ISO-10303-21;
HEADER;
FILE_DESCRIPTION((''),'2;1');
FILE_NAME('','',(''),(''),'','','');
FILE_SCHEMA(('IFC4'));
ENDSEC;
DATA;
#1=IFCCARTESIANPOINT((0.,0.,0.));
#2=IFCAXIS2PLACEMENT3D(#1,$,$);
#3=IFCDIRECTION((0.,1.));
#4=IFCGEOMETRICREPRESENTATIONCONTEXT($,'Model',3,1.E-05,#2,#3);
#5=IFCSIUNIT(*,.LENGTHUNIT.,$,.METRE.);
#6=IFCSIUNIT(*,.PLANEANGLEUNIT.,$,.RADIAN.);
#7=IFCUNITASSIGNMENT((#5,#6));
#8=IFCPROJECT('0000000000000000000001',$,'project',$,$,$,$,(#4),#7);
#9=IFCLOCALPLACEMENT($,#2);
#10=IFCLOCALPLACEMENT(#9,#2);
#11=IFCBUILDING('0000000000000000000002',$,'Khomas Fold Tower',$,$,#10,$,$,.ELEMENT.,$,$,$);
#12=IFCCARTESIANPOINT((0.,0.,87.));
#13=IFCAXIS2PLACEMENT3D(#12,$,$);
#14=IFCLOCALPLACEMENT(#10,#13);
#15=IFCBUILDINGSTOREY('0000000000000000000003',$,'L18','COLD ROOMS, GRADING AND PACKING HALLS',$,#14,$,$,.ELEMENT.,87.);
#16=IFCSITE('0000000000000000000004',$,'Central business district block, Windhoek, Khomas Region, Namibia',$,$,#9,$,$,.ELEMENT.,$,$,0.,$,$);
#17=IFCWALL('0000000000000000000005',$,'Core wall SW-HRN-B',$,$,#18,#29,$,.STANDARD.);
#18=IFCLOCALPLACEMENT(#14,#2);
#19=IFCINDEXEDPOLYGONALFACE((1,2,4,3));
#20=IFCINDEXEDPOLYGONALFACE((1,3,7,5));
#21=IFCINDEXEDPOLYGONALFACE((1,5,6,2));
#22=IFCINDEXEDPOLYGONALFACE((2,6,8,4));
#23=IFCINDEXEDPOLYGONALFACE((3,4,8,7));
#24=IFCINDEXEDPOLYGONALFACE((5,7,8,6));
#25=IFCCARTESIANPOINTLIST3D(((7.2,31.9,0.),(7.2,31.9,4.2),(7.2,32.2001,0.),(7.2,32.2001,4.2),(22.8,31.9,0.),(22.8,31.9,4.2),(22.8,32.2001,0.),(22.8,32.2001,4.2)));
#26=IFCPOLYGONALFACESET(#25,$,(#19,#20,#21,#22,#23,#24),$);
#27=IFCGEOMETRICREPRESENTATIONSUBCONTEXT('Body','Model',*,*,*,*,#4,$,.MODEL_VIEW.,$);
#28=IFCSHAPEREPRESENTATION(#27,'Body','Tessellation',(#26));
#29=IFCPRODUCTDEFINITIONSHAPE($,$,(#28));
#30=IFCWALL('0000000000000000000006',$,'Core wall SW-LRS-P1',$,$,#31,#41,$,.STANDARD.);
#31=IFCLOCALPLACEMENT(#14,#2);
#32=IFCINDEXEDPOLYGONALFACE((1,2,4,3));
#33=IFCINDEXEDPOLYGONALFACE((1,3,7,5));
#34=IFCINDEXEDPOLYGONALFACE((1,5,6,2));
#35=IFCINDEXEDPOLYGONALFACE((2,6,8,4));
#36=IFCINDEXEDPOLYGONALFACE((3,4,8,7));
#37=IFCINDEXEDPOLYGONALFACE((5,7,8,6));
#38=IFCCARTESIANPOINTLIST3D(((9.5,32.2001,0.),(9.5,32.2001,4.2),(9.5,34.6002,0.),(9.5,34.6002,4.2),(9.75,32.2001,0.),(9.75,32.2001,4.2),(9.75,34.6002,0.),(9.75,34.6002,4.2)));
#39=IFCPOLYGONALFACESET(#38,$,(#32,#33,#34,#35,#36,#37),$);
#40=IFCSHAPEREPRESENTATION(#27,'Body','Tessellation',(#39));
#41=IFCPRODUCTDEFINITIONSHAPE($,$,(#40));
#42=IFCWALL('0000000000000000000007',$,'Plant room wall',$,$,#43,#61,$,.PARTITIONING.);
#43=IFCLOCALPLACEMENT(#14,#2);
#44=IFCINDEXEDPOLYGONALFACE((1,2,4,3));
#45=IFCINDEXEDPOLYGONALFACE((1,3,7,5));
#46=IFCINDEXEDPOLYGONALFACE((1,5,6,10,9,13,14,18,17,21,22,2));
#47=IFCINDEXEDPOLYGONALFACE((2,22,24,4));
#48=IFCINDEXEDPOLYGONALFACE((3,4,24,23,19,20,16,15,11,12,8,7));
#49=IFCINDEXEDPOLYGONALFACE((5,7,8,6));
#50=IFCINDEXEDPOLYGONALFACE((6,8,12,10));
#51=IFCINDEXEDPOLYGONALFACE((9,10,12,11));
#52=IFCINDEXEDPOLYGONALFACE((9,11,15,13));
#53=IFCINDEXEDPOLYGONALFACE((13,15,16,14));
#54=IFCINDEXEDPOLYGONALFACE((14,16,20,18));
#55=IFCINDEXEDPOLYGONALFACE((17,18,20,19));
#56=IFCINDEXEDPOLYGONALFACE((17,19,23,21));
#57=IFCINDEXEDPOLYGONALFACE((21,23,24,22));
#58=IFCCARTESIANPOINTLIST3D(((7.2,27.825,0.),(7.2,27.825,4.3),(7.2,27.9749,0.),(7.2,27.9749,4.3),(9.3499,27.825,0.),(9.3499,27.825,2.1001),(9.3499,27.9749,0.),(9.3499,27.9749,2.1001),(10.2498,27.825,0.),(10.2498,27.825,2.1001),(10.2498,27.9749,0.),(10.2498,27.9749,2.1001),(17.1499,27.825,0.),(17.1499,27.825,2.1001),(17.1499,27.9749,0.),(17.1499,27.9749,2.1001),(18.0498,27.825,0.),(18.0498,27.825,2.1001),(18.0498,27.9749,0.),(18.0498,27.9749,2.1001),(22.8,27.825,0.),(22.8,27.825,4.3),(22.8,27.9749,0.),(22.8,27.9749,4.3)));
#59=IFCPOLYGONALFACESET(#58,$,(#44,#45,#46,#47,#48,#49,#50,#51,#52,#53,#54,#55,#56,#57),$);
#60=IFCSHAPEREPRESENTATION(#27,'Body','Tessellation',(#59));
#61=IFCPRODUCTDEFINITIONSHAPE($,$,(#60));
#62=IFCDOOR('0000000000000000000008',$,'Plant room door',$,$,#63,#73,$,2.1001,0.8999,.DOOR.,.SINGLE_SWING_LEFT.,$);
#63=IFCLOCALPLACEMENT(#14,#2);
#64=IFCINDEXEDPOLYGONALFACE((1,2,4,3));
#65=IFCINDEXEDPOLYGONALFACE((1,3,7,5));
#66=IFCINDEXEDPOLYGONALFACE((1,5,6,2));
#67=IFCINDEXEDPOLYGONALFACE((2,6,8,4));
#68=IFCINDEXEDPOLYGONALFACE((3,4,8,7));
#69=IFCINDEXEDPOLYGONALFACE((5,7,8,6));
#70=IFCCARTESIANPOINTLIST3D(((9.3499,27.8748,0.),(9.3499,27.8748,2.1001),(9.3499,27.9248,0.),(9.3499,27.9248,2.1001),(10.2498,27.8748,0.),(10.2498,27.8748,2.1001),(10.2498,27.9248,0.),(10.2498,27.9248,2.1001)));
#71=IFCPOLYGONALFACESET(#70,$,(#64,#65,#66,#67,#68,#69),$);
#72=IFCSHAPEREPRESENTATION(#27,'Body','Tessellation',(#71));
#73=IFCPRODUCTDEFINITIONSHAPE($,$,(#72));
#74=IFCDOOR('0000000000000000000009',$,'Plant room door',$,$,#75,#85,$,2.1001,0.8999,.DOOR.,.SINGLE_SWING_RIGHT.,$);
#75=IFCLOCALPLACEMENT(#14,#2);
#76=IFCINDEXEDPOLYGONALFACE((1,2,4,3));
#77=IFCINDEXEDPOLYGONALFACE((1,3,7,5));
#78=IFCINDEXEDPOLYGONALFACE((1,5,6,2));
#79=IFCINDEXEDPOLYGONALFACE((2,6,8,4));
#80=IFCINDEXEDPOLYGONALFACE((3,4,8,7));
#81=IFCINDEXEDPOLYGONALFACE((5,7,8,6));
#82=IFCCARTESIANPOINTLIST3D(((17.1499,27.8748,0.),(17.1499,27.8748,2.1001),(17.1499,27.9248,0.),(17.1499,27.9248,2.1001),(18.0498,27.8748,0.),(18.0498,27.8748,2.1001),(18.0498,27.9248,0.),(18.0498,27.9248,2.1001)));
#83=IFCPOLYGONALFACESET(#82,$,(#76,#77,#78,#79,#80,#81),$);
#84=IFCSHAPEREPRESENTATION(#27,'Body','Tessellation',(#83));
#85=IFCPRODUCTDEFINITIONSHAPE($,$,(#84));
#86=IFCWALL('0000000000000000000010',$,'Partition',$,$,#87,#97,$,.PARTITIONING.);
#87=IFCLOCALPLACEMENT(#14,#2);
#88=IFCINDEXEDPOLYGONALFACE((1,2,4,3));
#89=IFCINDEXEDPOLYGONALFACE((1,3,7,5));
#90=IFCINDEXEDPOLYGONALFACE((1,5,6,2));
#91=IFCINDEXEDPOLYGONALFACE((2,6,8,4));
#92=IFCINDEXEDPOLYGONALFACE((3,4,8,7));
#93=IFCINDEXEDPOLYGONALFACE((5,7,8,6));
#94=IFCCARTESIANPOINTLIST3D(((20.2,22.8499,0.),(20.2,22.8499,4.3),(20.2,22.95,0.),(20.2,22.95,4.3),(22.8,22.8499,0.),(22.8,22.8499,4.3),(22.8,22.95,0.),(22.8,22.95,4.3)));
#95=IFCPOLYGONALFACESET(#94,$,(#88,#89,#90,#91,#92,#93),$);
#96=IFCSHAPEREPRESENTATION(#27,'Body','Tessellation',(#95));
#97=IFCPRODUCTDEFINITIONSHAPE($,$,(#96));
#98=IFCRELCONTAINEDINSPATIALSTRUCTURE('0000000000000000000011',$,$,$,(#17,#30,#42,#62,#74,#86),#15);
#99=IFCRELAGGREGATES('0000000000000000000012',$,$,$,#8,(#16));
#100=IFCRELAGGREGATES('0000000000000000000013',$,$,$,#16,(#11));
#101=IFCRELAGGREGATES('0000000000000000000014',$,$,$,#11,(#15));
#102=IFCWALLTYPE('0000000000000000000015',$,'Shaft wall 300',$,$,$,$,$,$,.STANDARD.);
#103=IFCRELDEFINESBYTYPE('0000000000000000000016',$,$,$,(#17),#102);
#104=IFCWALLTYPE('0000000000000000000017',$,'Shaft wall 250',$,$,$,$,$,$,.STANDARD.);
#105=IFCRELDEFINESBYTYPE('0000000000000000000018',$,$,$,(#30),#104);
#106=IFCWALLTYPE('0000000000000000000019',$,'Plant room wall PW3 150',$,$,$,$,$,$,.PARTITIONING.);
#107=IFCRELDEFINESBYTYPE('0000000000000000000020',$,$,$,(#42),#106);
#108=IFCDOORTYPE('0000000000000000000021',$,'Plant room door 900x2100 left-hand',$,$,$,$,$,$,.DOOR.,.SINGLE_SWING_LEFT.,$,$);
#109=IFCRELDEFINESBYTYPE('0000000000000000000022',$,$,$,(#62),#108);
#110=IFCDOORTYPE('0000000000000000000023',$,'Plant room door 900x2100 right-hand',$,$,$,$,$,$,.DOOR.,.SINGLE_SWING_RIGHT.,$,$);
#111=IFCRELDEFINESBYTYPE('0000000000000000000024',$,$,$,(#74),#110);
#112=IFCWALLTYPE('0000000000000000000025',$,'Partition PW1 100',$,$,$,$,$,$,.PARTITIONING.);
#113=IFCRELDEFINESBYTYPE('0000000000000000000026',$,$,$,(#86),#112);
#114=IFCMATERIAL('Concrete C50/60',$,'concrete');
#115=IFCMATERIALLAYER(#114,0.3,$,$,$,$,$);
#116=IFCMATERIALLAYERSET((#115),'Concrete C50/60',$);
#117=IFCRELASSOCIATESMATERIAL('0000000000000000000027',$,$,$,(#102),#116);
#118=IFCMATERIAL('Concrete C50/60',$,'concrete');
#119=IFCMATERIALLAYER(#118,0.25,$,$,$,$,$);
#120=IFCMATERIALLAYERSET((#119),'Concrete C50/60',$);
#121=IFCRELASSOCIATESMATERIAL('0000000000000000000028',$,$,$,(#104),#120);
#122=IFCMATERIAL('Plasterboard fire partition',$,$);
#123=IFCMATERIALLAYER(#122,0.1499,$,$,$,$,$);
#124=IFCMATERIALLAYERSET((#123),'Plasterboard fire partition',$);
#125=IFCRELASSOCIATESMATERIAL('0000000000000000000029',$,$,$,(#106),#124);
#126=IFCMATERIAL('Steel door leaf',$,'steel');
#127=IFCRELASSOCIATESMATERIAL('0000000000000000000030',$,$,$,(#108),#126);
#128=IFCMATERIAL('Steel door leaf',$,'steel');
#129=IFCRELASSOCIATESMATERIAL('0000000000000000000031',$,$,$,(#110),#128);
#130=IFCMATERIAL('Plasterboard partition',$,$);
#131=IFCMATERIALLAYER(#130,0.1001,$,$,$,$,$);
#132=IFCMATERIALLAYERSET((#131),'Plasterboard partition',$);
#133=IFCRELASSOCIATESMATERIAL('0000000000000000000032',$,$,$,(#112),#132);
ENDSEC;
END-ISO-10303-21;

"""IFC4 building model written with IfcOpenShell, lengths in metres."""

from ifc_helpers import new_model, si_unit, direction, frame, frame_2d, origin, place, context, subcontext, project, spatial, rectangle, extrude, source, transform, mapped, material, layer, layer_set, type_object, element, fill, save


model = new_model("IFC4")

# Units and contexts
model_context = context("Model", 3, precision=1e-05, world=origin(), true_north=direction((0.0, 1.0)))
body_context = subcontext(model_context, "Body", "Model", "MODEL_VIEW")
ifc_project = project(units=[si_unit("LENGTHUNIT", "METRE"), si_unit("PLANEANGLEUNIT", "RADIAN")], contexts=[model_context])

# Site, building, storey
site_placement = place(None, origin())
site = spatial("IfcSite", under=ifc_project, at=site_placement, Name="Central business district block, Windhoek, Khomas Region, Namibia", CompositionType="ELEMENT", RefElevation=0.0)
building_placement = place(site_placement, origin())
building = spatial("IfcBuilding", under=site, at=building_placement, Name="Khomas Fold Tower", CompositionType="ELEMENT")
storey_placement = place(building_placement, frame((0.0, 0.0, 87.0)))
storey = spatial("IfcBuildingStorey", under=building, at=storey_placement, Name="L18", Description="COLD ROOMS, GRADING AND PACKING HALLS", CompositionType="ELEMENT", Elevation=87.0)

# Walls
ifc_material_1 = material(Name="Concrete C50/60", Category="concrete")
ifc_layer_1 = layer(ifc_material_1, 0.3)
ifc_layer_set_1 = layer_set([ifc_layer_1], Name="Concrete C50/60")
wall_type_1 = type_object("IfcWallType", Name="Shaft wall 300", PredefinedType="STANDARD", material=ifc_layer_set_1)
shared_shape_1 = source(origin(), body_context, "Body", "SweptSolid", [
    extrude(rectangle(XDim=15.6001, YDim=0.3, at=frame_2d((7.8, 0.0))), origin(), (0.0, 0.0, 1.0), 4.2),
])
wall_1_placement = place(storey_placement, frame((7.2, 32.05, 0.0), z_axis=(0.0, 0.0, 1.0), x_axis=(1.0, 0.0, 0.0)))
element("IfcWall", 1, at=wall_1_placement, inside=storey, type_object=wall_type_1, Name="Core wall SW-HRN-B", PredefinedType="STANDARD", context=body_context, shape_type="MappedRepresentation", body=[
    mapped(shared_shape_1, transform((0.0, 0.0, 0.0))),
])
ifc_material_2 = material(Name="Concrete C50/60", Category="concrete")
ifc_layer_2 = layer(ifc_material_2, 0.25)
ifc_layer_set_2 = layer_set([ifc_layer_2], Name="Concrete C50/60")
wall_type_2 = type_object("IfcWallType", Name="Shaft wall 250", PredefinedType="STANDARD", material=ifc_layer_set_2)
shared_shape_2 = source(origin(), body_context, "Body", "SweptSolid", [
    extrude(rectangle(XDim=2.4001, YDim=0.25, at=frame_2d((1.2002, 0.0))), origin(), (0.0, 0.0, 1.0), 4.2),
])
wall_2_placement = place(storey_placement, frame((9.625, 32.2, 0.0), z_axis=(0.0, 0.0, 1.0), x_axis=(0.0, 1.0, 0.0)))
element("IfcWall", 2, at=wall_2_placement, inside=storey, type_object=wall_type_2, Name="Core wall SW-LRS-P1", PredefinedType="STANDARD", context=body_context, shape_type="MappedRepresentation", body=[
    mapped(shared_shape_2, transform((0.0, 0.0, 0.0))),
])

# Wall, openings, doors
ifc_material_3 = material(Name="Plasterboard fire partition")
ifc_layer_3 = layer(ifc_material_3, 0.1499)
ifc_layer_set_3 = layer_set([ifc_layer_3], Name="Plasterboard fire partition")
wall_type_3 = type_object("IfcWallType", Name="Plant room wall PW3 150", PredefinedType="PARTITIONING", material=ifc_layer_set_3)
shared_shape_3 = source(origin(), body_context, "Body", "SweptSolid", [
    extrude(rectangle(XDim=15.6001, YDim=0.1499, at=frame_2d((7.8, 0.0))), origin(), (0.0, 0.0, 1.0), 4.3),
])
wall_3_placement = place(storey_placement, frame((7.2, 27.8999, 0.0), z_axis=(0.0, 0.0, 1.0), x_axis=(1.0, 0.0, 0.0)))
wall_3 = element("IfcWall", 3, at=wall_3_placement, inside=storey, type_object=wall_type_3, Name="Plant room wall", PredefinedType="PARTITIONING", context=body_context, shape_type="MappedRepresentation", body=[
    mapped(shared_shape_3, transform((0.0, 0.0, 0.0))),
])
shared_shape_4 = source(origin(), body_context, "Body", "SweptSolid", [
    extrude(rectangle(XDim=0.8999, YDim=2.1001, at=frame_2d((0.45, 1.05))), frame((0.0, 0.085, 0.0), z_axis=(0.0, -1.0, 0.0), x_axis=(1.0, 0.0, 0.0)), (0.0, 0.0, 1.0), 0.1699),
])
opening_1_placement = place(wall_3_placement, frame((2.1499, 0.0, 0.0)))
opening_1 = element("IfcOpeningElement", 4, at=opening_1_placement, cuts=wall_3, PredefinedType="OPENING", context=body_context, shape_type="MappedRepresentation", body=[
    mapped(shared_shape_4, transform((0.0, 0.0, 0.0))),
])
opening_2_placement = place(wall_3_placement, frame((9.95, 0.0, 0.0)))
opening_2 = element("IfcOpeningElement", 5, at=opening_2_placement, cuts=wall_3, PredefinedType="OPENING", context=body_context, shape_type="MappedRepresentation", body=[
    mapped(shared_shape_4, transform((0.0, 0.0, 0.0))),
])
ifc_material_4 = material(Name="Steel door leaf", Category="steel")
door_type_1 = type_object("IfcDoorType", Name="Plant room door 900x2100 left-hand", OperationType="SINGLE_SWING_LEFT", PredefinedType="DOOR", material=ifc_material_4)
shared_shape_5 = source(origin(), body_context, "Body", "SweptSolid", [
    extrude(rectangle(XDim=0.8999, YDim=2.1001, at=frame_2d((0.45, 1.05))), frame((0.0, 0.0249, 0.0), z_axis=(0.0, -1.0, 0.0), x_axis=(1.0, 0.0, 0.0)), (0.0, 0.0, 1.0), 0.05),
])
door_1_placement = place(opening_1_placement, origin())
door_1 = element("IfcDoor", 6, at=door_1_placement, inside=storey, type_object=door_type_1, Name="Plant room door", OperationType="SINGLE_SWING_LEFT", OverallHeight=2.1001, OverallWidth=0.8999, PredefinedType="DOOR", context=body_context, shape_type="MappedRepresentation", body=[
    mapped(shared_shape_5, transform((0.0, 0.0, 0.0))),
])
fill(opening_1, door_1)
ifc_material_5 = material(Name="Steel door leaf", Category="steel")
door_type_2 = type_object("IfcDoorType", Name="Plant room door 900x2100 right-hand", OperationType="SINGLE_SWING_RIGHT", PredefinedType="DOOR", material=ifc_material_5)
door_2_placement = place(opening_2_placement, origin())
door_2 = element("IfcDoor", 7, at=door_2_placement, inside=storey, type_object=door_type_2, Name="Plant room door", OperationType="SINGLE_SWING_RIGHT", OverallHeight=2.1001, OverallWidth=0.8999, PredefinedType="DOOR", context=body_context, shape_type="MappedRepresentation", body=[
    mapped(shared_shape_5, transform((0.0, 0.0, 0.0))),
])
fill(opening_2, door_2)

# Wall
ifc_material_6 = material(Name="Plasterboard partition")
ifc_layer_4 = layer(ifc_material_6, 0.1001)
ifc_layer_set_4 = layer_set([ifc_layer_4], Name="Plasterboard partition")
wall_type_4 = type_object("IfcWallType", Name="Partition PW1 100", PredefinedType="PARTITIONING", material=ifc_layer_set_4)
shared_shape_6 = source(origin(), body_context, "Body", "SweptSolid", [
    extrude(rectangle(XDim=2.6001, YDim=0.1001, at=frame_2d((1.3, 0.0))), origin(), (0.0, 0.0, 1.0), 4.3),
])
wall_4_placement = place(storey_placement, frame((20.2, 22.8999, 0.0), z_axis=(0.0, 0.0, 1.0), x_axis=(1.0, 0.0, 0.0)))
element("IfcWall", 8, at=wall_4_placement, inside=storey, type_object=wall_type_4, Name="Partition", PredefinedType="PARTITIONING", context=body_context, shape_type="MappedRepresentation", body=[
    mapped(shared_shape_6, transform((0.0, 0.0, 0.0))),
])

save(model, "model.ifc")
